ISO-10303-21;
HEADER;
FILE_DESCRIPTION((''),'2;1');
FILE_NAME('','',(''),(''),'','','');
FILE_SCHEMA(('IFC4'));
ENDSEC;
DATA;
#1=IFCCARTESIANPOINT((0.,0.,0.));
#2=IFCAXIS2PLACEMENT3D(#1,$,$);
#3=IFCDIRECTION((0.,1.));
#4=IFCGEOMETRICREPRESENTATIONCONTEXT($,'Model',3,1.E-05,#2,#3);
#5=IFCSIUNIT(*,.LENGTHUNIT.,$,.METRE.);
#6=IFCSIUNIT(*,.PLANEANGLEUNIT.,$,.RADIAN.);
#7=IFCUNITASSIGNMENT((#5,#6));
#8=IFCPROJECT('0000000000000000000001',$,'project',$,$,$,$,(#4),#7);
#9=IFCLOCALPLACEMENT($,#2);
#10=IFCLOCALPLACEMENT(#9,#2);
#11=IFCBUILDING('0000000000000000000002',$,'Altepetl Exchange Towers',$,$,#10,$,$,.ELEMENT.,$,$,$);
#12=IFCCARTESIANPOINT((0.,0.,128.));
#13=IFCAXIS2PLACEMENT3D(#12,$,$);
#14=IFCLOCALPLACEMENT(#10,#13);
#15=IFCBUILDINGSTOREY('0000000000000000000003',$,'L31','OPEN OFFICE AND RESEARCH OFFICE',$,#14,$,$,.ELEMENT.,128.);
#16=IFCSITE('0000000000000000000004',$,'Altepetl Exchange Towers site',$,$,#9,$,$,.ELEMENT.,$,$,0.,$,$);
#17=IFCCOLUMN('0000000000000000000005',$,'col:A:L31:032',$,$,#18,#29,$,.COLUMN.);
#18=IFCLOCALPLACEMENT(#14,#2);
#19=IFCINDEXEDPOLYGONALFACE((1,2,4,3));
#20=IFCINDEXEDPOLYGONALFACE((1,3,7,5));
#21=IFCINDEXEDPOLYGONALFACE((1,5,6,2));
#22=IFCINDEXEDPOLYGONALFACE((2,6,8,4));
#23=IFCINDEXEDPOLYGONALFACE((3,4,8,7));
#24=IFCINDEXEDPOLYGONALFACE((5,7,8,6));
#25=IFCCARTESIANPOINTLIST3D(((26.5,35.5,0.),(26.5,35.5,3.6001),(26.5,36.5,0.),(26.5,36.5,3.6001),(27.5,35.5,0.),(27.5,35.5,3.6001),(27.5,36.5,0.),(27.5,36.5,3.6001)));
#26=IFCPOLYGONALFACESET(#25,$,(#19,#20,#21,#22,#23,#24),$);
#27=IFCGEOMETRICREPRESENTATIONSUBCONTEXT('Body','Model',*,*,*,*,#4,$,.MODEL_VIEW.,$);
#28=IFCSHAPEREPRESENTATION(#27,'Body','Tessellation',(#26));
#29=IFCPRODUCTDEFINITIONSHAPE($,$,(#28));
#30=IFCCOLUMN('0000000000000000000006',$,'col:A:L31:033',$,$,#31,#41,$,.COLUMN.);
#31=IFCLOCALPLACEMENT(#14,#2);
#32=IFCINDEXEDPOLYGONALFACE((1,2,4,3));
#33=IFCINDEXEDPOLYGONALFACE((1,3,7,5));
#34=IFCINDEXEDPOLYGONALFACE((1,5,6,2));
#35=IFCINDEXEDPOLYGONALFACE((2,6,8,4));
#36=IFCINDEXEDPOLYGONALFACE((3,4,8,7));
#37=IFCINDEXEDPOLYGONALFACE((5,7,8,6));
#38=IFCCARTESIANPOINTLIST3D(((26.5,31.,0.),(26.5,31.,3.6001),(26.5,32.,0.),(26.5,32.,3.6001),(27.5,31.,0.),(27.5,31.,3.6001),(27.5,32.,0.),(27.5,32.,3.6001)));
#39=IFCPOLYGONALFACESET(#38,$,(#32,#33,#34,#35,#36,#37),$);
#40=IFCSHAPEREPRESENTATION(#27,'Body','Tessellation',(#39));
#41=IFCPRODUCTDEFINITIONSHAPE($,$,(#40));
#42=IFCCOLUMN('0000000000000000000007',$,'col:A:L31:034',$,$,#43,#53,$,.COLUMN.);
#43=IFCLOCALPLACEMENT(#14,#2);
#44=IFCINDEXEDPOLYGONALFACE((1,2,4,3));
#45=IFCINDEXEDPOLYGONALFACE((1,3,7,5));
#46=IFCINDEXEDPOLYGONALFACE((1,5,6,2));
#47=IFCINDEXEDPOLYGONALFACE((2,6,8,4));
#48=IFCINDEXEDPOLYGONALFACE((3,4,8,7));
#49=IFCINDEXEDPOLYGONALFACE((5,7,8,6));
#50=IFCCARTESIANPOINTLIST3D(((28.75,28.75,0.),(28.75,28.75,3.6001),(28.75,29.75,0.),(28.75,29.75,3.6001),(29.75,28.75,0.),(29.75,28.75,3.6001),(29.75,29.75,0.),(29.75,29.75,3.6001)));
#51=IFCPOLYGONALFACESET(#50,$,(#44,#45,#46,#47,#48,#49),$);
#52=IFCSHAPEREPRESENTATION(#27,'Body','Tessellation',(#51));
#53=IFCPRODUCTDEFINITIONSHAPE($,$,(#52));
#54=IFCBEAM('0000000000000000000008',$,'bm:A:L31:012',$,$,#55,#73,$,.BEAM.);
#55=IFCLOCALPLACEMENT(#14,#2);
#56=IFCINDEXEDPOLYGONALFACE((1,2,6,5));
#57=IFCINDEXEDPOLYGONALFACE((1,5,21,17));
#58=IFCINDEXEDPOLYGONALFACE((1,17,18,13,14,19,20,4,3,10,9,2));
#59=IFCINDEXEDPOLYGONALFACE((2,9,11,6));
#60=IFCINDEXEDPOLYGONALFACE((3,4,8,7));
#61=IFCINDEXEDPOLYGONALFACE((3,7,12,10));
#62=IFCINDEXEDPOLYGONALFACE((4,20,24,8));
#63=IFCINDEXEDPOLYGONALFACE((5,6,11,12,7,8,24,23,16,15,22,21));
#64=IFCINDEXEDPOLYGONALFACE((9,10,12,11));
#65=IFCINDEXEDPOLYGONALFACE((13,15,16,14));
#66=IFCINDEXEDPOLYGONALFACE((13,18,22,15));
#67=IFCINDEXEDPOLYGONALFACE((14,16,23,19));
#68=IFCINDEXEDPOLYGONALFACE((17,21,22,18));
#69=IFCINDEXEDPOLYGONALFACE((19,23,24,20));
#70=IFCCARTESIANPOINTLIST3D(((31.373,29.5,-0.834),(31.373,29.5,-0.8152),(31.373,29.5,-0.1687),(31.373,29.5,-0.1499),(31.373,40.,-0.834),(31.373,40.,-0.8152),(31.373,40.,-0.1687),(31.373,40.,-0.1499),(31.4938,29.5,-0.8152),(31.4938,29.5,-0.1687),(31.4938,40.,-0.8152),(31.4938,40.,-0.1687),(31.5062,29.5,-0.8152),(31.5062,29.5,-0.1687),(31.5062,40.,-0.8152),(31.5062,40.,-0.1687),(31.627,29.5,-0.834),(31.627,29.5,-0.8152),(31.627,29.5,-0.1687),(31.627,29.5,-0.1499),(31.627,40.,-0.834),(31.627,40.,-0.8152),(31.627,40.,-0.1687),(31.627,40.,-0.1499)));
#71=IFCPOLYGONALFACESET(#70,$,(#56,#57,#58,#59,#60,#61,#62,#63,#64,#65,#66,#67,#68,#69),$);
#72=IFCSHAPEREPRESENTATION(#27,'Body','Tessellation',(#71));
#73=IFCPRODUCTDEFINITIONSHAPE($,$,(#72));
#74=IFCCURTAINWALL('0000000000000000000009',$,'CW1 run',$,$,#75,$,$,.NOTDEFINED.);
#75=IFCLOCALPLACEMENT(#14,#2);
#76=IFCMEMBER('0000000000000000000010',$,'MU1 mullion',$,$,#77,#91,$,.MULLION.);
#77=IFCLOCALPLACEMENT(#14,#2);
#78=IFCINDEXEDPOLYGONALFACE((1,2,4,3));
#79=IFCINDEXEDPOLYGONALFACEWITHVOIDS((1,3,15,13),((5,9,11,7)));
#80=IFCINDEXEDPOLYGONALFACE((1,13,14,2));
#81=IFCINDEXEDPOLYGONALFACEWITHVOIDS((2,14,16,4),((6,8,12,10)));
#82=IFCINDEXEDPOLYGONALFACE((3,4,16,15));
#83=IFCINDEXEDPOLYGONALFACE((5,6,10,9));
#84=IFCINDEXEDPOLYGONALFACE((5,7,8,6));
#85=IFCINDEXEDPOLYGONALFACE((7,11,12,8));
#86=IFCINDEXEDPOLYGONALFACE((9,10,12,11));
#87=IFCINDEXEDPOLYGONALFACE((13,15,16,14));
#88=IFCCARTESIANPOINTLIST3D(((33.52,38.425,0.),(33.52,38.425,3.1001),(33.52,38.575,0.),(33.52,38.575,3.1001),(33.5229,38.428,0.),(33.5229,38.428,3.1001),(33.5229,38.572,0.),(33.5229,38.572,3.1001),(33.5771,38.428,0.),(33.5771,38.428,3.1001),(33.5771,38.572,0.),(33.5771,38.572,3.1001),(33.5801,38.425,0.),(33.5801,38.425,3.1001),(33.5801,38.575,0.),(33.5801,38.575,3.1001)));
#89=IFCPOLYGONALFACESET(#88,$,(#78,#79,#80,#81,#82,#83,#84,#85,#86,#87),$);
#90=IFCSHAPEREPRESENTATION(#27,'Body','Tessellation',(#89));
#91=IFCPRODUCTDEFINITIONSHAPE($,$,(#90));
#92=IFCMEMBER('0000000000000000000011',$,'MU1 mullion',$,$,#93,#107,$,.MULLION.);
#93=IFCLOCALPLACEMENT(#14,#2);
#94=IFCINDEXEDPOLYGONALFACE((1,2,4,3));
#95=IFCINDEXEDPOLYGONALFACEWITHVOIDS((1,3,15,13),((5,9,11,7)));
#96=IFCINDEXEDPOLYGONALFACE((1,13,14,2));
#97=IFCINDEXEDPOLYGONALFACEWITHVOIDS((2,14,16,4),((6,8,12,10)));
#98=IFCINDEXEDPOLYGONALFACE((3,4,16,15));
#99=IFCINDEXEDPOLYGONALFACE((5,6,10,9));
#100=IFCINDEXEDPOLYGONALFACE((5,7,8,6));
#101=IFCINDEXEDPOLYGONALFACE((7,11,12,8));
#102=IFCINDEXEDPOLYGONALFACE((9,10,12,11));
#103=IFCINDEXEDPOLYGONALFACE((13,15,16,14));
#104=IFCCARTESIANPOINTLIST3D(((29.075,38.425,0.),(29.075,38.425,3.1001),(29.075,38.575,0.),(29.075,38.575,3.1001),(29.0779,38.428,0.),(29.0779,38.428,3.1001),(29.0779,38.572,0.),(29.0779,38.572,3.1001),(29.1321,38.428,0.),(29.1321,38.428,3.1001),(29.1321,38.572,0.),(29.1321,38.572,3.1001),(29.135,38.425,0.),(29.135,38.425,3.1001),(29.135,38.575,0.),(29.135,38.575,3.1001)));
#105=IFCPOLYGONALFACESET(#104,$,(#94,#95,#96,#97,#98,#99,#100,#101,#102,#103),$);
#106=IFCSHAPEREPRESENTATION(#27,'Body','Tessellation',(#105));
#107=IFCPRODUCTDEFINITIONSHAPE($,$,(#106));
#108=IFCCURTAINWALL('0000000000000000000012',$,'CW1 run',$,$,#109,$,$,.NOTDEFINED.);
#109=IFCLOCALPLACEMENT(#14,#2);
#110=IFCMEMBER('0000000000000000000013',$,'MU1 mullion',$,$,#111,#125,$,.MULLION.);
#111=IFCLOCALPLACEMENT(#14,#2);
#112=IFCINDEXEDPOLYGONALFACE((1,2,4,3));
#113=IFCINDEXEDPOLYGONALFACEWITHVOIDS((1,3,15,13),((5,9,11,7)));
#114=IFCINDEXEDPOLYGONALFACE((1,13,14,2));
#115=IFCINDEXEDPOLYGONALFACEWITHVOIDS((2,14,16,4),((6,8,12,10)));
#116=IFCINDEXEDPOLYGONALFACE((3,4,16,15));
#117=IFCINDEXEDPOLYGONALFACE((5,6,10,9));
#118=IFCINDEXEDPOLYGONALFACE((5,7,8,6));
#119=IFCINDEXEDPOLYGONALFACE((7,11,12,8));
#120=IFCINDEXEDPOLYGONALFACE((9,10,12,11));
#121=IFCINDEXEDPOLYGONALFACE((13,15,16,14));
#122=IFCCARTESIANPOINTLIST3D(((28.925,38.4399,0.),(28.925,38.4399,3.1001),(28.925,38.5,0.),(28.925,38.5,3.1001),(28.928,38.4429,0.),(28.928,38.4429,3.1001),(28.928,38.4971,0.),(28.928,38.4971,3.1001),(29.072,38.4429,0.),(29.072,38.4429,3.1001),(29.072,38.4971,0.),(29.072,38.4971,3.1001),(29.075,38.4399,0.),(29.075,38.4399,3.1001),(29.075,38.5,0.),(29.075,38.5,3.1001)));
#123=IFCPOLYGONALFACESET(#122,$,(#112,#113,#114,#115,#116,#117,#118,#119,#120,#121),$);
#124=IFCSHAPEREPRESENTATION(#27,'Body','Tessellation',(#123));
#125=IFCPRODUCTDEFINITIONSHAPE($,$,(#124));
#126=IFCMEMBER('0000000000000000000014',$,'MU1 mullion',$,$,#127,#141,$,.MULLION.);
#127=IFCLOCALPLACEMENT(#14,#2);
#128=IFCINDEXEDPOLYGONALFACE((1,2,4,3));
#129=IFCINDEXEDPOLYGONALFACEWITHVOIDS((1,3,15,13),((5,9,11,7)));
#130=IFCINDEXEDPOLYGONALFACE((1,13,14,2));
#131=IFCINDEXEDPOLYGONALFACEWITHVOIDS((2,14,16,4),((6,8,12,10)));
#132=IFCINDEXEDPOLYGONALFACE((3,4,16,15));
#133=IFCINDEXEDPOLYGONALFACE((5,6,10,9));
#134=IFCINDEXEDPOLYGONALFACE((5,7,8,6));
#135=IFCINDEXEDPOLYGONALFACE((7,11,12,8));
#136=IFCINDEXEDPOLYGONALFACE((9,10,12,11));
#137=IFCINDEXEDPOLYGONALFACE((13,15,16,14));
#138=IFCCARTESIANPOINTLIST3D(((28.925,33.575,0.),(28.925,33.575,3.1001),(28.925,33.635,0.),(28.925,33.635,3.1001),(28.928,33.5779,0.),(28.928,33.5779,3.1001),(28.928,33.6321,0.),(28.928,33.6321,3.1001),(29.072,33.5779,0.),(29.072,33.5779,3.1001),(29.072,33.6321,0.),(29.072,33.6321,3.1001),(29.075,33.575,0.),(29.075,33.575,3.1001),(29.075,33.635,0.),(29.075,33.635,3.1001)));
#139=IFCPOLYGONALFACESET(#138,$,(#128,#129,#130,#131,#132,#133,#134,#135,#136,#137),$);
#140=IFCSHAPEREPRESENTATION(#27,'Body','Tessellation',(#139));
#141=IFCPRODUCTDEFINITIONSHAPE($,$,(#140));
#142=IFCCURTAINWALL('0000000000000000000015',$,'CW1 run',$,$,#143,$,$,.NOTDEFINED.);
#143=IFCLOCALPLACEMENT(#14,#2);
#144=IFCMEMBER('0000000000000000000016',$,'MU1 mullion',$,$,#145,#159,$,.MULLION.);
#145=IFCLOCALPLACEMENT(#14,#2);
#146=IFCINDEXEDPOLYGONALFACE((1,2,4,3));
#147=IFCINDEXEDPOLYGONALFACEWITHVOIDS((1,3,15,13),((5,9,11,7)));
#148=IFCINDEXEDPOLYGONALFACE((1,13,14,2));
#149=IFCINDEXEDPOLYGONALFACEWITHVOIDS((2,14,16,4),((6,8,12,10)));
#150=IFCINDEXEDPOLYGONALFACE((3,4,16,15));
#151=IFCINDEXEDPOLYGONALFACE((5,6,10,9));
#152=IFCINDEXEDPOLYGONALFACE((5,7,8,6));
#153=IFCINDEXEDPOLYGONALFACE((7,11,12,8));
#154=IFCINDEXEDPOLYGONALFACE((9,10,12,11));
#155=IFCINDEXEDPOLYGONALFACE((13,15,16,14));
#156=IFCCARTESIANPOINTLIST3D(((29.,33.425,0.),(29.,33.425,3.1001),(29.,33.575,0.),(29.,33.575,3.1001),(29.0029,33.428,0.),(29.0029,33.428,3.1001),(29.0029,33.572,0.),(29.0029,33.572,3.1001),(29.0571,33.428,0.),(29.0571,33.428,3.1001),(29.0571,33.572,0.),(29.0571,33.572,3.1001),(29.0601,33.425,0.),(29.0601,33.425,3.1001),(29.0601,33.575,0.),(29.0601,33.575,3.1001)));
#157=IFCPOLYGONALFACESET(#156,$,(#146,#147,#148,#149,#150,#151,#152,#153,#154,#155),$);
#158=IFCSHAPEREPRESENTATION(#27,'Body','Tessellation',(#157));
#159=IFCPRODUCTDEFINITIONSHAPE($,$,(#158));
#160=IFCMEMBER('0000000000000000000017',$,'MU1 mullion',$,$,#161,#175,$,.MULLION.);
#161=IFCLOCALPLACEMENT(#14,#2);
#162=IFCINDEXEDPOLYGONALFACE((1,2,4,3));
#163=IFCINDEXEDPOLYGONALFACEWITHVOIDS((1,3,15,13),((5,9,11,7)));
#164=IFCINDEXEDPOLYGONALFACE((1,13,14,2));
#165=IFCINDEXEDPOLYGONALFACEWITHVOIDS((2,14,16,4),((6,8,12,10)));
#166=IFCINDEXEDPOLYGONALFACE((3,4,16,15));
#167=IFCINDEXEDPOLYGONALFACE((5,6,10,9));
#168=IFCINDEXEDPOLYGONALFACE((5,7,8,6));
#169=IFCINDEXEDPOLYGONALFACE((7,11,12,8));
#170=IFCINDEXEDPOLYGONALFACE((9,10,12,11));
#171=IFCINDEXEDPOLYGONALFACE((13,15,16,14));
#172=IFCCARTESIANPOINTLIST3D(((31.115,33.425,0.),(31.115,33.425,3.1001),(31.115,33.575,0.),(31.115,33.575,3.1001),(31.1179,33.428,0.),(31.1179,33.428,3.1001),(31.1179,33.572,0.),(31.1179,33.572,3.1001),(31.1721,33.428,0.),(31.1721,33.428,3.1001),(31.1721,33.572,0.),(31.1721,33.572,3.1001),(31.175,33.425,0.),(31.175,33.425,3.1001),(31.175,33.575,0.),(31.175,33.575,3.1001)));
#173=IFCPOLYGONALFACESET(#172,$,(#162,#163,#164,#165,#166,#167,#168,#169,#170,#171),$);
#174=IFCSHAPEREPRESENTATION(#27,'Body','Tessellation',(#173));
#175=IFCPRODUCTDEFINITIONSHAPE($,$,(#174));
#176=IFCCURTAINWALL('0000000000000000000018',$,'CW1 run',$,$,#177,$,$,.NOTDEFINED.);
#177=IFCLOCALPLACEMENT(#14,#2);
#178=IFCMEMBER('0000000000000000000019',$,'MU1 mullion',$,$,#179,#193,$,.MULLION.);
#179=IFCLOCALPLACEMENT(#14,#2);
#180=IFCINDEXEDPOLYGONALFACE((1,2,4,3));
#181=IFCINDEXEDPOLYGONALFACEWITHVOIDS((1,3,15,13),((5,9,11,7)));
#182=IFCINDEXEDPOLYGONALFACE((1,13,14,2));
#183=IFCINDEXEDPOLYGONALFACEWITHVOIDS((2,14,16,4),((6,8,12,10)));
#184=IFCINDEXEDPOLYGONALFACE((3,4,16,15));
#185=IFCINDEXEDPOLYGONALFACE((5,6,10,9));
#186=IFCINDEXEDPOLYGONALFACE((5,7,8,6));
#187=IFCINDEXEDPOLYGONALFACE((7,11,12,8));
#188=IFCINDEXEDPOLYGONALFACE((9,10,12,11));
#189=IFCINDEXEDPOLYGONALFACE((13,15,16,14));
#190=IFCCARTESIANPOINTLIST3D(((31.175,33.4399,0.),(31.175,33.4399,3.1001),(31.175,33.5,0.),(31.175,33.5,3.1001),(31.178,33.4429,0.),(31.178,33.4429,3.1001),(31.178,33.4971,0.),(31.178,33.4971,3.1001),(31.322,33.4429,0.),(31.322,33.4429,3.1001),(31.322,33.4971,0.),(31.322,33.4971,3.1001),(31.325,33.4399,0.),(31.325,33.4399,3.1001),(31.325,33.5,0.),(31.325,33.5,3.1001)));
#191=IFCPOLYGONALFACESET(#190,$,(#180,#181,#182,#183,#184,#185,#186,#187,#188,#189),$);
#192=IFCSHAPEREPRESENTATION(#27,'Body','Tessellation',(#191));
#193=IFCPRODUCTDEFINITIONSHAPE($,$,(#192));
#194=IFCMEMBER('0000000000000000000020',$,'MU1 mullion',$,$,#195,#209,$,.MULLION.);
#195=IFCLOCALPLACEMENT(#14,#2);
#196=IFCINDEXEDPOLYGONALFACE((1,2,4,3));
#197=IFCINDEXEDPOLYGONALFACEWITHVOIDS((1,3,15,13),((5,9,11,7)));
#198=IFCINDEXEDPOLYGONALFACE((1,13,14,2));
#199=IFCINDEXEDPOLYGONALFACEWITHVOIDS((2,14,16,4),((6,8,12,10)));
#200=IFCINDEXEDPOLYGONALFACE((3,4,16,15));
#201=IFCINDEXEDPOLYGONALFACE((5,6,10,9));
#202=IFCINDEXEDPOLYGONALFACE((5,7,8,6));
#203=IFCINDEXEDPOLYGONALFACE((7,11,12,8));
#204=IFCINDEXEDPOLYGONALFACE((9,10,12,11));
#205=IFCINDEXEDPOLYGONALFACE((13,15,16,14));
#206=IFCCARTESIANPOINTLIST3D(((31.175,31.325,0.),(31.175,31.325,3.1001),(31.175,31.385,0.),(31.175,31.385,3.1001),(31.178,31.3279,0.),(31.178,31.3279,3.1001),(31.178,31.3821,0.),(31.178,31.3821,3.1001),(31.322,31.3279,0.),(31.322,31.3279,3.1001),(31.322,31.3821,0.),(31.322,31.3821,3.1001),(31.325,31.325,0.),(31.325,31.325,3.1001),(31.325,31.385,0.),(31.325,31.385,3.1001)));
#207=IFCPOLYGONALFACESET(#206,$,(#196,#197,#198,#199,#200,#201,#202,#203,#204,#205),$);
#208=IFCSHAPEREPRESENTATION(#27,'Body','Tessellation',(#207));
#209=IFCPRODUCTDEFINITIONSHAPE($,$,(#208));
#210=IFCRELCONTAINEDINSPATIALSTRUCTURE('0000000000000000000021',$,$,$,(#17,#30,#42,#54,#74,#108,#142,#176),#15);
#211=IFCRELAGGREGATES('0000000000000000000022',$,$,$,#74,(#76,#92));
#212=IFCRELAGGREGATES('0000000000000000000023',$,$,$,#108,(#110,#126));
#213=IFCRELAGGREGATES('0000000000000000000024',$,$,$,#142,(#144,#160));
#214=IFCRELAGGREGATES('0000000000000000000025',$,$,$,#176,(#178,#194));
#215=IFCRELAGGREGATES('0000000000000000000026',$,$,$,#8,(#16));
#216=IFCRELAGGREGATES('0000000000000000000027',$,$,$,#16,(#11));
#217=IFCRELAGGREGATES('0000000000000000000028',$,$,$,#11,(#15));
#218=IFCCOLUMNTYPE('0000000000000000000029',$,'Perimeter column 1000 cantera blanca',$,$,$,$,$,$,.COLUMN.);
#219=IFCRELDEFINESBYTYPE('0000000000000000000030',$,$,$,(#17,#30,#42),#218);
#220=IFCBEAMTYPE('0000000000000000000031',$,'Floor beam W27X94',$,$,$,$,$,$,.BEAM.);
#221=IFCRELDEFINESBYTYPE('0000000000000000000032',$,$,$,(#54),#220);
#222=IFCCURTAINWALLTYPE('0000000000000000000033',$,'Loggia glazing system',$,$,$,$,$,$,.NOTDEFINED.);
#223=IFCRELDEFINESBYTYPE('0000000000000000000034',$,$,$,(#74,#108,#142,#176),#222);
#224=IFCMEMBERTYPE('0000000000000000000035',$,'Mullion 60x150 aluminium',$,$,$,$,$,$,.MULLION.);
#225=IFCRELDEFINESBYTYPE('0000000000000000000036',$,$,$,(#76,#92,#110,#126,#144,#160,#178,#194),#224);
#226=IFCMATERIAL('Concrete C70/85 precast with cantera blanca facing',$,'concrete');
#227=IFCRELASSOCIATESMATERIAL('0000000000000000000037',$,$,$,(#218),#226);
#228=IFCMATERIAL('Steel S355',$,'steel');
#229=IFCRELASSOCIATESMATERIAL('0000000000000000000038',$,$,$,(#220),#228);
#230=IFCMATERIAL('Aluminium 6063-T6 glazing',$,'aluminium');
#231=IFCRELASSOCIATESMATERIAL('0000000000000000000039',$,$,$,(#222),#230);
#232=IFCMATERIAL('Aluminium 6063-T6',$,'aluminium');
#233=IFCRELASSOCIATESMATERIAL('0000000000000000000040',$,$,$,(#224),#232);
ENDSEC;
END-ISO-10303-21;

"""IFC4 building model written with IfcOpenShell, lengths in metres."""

from ifc_helpers import new_model, si_unit, direction, frame, origin, origin_2d, place, context, subcontext, project, spatial, rectangle, hollow_rectangle, i_section, extrude, material, material_profile, profile_set, type_object, element, aggregate, save


model = new_model("IFC4")

# Units and contexts
model_context = context("Model", 3, precision=1e-05, world=origin(), true_north=direction((0.0, 1.0)))
body_context = subcontext(model_context, "Body", "Model", "MODEL_VIEW")
ifc_project = project(units=[si_unit("LENGTHUNIT", "METRE"), si_unit("PLANEANGLEUNIT", "RADIAN")], contexts=[model_context])

# Site, building, storey
site_placement = place(None, origin())
site = spatial("IfcSite", under=ifc_project, at=site_placement, Name="Altepetl Exchange Towers site", CompositionType="ELEMENT", RefElevation=0.0)
building_placement = place(site_placement, origin())
building = spatial("IfcBuilding", under=site, at=building_placement, Name="Altepetl Exchange Towers", CompositionType="ELEMENT")
storey_placement = place(building_placement, frame((0.0, 0.0, 128.0)))
storey = spatial("IfcBuildingStorey", under=building, at=storey_placement, Name="L31", Description="OPEN OFFICE AND RESEARCH OFFICE", CompositionType="ELEMENT", Elevation=128.0)

# Columns
ifc_material_1 = material(Name="Concrete C70/85 precast with cantera blanca facing", Category="concrete")
ifc_material_profile_1 = material_profile(ifc_material_1, rectangle(XDim=1.0, YDim=1.0, at=origin_2d()), Name="1000 x 1000")
ifc_profile_set_1 = profile_set([ifc_material_profile_1], Name="Concrete C70/85 precast with cantera blanca facing")
column_type = type_object("IfcColumnType", Name="Perimeter column 1000 cantera blanca", PredefinedType="COLUMN", material=ifc_profile_set_1)
for number, where, name in (
    (1, (27.0, 36.0, 0.0), "col:A:L31:032"),
    (2, (27.0, 31.5, 0.0), "col:A:L31:033"),
    (3, (29.25, 29.25, 0.0), "col:A:L31:034"),
):
    element("IfcColumn", number, at=place(storey_placement, frame(where)), inside=storey, type_object=column_type, Name=name, PredefinedType="COLUMN", context=body_context, shape_type="SweptSolid", body=[
        extrude(rectangle(XDim=1.0, YDim=1.0, at=origin_2d()), origin(), (0.0, 0.0, 1.0), 3.6001),
    ])

# Beam
ifc_material_2 = material(Name="Steel S355", Category="steel")
ifc_material_profile_2 = material_profile(ifc_material_2, i_section(OverallWidth=0.2539, OverallDepth=0.6841, WebThickness=0.0125, FlangeThickness=0.0188, at=origin_2d()), Name="W27X94")
ifc_profile_set_2 = profile_set([ifc_material_profile_2], Name="Steel S355")
beam_type_1 = type_object("IfcBeamType", Name="Floor beam W27X94", PredefinedType="BEAM", material=ifc_profile_set_2)
beam_1_placement = place(storey_placement, frame((31.5, 29.5, -0.4919), z_axis=(0.0, 1.0, 0.0), x_axis=(-1.0, 0.0, 0.0)))
element("IfcBeam", 4, at=beam_1_placement, inside=storey, type_object=beam_type_1, Name="bm:A:L31:012", PredefinedType="BEAM", context=body_context, shape_type="SweptSolid", body=[
    extrude(i_section(OverallWidth=0.2539, OverallDepth=0.6841, WebThickness=0.0125, FlangeThickness=0.0188, at=origin_2d()), origin(), (0.0, 0.0, 1.0), 10.5),
])

# Curtain walls, members
ifc_material_3 = material(Name="Aluminium 6063-T6 glazing", Category="aluminium")
curtain_wall_type = type_object("IfcCurtainWallType", Name="Loggia glazing system", PredefinedType="NOTDEFINED", material=ifc_material_3)
curtain_wall_1_placement = place(storey_placement, origin())
curtain_wall_1 = element("IfcCurtainWall", 5, at=curtain_wall_1_placement, inside=storey, type_object=curtain_wall_type, Name="CW1 run", PredefinedType="NOTDEFINED")
ifc_material_4 = material(Name="Aluminium 6063-T6", Category="aluminium")
ifc_material_profile_3 = material_profile(ifc_material_4, hollow_rectangle(XDim=0.0601, YDim=0.1499, WallThickness=0.0029, at=origin_2d()), Name="Mullion 60x150 aluminium")
ifc_profile_set_3 = profile_set([ifc_material_profile_3], Name="Aluminium 6063-T6")
member_type = type_object("IfcMemberType", Name="Mullion 60x150 aluminium", PredefinedType="MULLION", material=ifc_profile_set_3)
member_1_placement = place(storey_placement, frame((33.55, 38.5, 0.0), z_axis=(0.0, 0.0, 1.0), x_axis=(-1.0, 0.0, 0.0)))
member_1 = element("IfcMember", 6, at=member_1_placement, type_object=member_type, Name="MU1 mullion", PredefinedType="MULLION", context=body_context, shape_type="SweptSolid", body=[
    extrude(hollow_rectangle(XDim=0.0601, YDim=0.1499, WallThickness=0.0029, at=origin_2d()), origin(), (0.0, 0.0, 1.0), 3.1001),
])
member_2_placement = place(storey_placement, frame((29.105, 38.5, 0.0), z_axis=(0.0, 0.0, 1.0), x_axis=(-1.0, 0.0, 0.0)))
member_2 = element("IfcMember", 7, at=member_2_placement, type_object=member_type, Name="MU1 mullion", PredefinedType="MULLION", context=body_context, shape_type="SweptSolid", body=[
    extrude(hollow_rectangle(XDim=0.0601, YDim=0.1499, WallThickness=0.0029, at=origin_2d()), origin(), (0.0, 0.0, 1.0), 3.1001),
])
curtain_wall_2_placement = place(storey_placement, origin())
curtain_wall_2 = element("IfcCurtainWall", 8, at=curtain_wall_2_placement, inside=storey, type_object=curtain_wall_type, Name="CW1 run", PredefinedType="NOTDEFINED")
member_3_placement = place(storey_placement, frame((29.0, 38.47, 0.0), z_axis=(0.0, 0.0, 1.0), x_axis=(0.0, -1.0, 0.0)))
member_3 = element("IfcMember", 9, at=member_3_placement, type_object=member_type, Name="MU1 mullion", PredefinedType="MULLION", context=body_context, shape_type="SweptSolid", body=[
    extrude(hollow_rectangle(XDim=0.0601, YDim=0.1499, WallThickness=0.0029, at=origin_2d()), origin(), (0.0, 0.0, 1.0), 3.1001),
])
member_4_placement = place(storey_placement, frame((29.0, 33.605, 0.0), z_axis=(0.0, 0.0, 1.0), x_axis=(0.0, -1.0, 0.0)))
member_4 = element("IfcMember", 10, at=member_4_placement, type_object=member_type, Name="MU1 mullion", PredefinedType="MULLION", context=body_context, shape_type="SweptSolid", body=[
    extrude(hollow_rectangle(XDim=0.0601, YDim=0.1499, WallThickness=0.0029, at=origin_2d()), origin(), (0.0, 0.0, 1.0), 3.1001),
])
curtain_wall_3_placement = place(storey_placement, origin())
curtain_wall_3 = element("IfcCurtainWall", 11, at=curtain_wall_3_placement, inside=storey, type_object=curtain_wall_type, Name="CW1 run", PredefinedType="NOTDEFINED")
member_5_placement = place(storey_placement, frame((29.03, 33.5, 0.0)))
member_5 = element("IfcMember", 12, at=member_5_placement, type_object=member_type, Name="MU1 mullion", PredefinedType="MULLION", context=body_context, shape_type="SweptSolid", body=[
    extrude(hollow_rectangle(XDim=0.0601, YDim=0.1499, WallThickness=0.0029, at=origin_2d()), origin(), (0.0, 0.0, 1.0), 3.1001),
])
member_6_placement = place(storey_placement, frame((31.145, 33.5, 0.0)))
member_6 = element("IfcMember", 13, at=member_6_placement, type_object=member_type, Name="MU1 mullion", PredefinedType="MULLION", context=body_context, shape_type="SweptSolid", body=[
    extrude(hollow_rectangle(XDim=0.0601, YDim=0.1499, WallThickness=0.0029, at=origin_2d()), origin(), (0.0, 0.0, 1.0), 3.1001),
])
curtain_wall_4_placement = place(storey_placement, origin())
curtain_wall_4 = element("IfcCurtainWall", 14, at=curtain_wall_4_placement, inside=storey, type_object=curtain_wall_type, Name="CW1 run", PredefinedType="NOTDEFINED")
member_7_placement = place(storey_placement, frame((31.25, 33.47, 0.0), z_axis=(0.0, 0.0, 1.0), x_axis=(0.0, -1.0, 0.0)))
member_7 = element("IfcMember", 15, at=member_7_placement, type_object=member_type, Name="MU1 mullion", PredefinedType="MULLION", context=body_context, shape_type="SweptSolid", body=[
    extrude(hollow_rectangle(XDim=0.0601, YDim=0.1499, WallThickness=0.0029, at=origin_2d()), origin(), (0.0, 0.0, 1.0), 3.1001),
])
member_8_placement = place(storey_placement, frame((31.25, 31.355, 0.0), z_axis=(0.0, 0.0, 1.0), x_axis=(0.0, -1.0, 0.0)))
member_8 = element("IfcMember", 16, at=member_8_placement, type_object=member_type, Name="MU1 mullion", PredefinedType="MULLION", context=body_context, shape_type="SweptSolid", body=[
    extrude(hollow_rectangle(XDim=0.0601, YDim=0.1499, WallThickness=0.0029, at=origin_2d()), origin(), (0.0, 0.0, 1.0), 3.1001),
])

aggregate(curtain_wall_1, [member_1, member_2])
aggregate(curtain_wall_2, [member_3, member_4])
aggregate(curtain_wall_3, [member_5, member_6])
aggregate(curtain_wall_4, [member_7, member_8])

save(model, "model.ifc")
